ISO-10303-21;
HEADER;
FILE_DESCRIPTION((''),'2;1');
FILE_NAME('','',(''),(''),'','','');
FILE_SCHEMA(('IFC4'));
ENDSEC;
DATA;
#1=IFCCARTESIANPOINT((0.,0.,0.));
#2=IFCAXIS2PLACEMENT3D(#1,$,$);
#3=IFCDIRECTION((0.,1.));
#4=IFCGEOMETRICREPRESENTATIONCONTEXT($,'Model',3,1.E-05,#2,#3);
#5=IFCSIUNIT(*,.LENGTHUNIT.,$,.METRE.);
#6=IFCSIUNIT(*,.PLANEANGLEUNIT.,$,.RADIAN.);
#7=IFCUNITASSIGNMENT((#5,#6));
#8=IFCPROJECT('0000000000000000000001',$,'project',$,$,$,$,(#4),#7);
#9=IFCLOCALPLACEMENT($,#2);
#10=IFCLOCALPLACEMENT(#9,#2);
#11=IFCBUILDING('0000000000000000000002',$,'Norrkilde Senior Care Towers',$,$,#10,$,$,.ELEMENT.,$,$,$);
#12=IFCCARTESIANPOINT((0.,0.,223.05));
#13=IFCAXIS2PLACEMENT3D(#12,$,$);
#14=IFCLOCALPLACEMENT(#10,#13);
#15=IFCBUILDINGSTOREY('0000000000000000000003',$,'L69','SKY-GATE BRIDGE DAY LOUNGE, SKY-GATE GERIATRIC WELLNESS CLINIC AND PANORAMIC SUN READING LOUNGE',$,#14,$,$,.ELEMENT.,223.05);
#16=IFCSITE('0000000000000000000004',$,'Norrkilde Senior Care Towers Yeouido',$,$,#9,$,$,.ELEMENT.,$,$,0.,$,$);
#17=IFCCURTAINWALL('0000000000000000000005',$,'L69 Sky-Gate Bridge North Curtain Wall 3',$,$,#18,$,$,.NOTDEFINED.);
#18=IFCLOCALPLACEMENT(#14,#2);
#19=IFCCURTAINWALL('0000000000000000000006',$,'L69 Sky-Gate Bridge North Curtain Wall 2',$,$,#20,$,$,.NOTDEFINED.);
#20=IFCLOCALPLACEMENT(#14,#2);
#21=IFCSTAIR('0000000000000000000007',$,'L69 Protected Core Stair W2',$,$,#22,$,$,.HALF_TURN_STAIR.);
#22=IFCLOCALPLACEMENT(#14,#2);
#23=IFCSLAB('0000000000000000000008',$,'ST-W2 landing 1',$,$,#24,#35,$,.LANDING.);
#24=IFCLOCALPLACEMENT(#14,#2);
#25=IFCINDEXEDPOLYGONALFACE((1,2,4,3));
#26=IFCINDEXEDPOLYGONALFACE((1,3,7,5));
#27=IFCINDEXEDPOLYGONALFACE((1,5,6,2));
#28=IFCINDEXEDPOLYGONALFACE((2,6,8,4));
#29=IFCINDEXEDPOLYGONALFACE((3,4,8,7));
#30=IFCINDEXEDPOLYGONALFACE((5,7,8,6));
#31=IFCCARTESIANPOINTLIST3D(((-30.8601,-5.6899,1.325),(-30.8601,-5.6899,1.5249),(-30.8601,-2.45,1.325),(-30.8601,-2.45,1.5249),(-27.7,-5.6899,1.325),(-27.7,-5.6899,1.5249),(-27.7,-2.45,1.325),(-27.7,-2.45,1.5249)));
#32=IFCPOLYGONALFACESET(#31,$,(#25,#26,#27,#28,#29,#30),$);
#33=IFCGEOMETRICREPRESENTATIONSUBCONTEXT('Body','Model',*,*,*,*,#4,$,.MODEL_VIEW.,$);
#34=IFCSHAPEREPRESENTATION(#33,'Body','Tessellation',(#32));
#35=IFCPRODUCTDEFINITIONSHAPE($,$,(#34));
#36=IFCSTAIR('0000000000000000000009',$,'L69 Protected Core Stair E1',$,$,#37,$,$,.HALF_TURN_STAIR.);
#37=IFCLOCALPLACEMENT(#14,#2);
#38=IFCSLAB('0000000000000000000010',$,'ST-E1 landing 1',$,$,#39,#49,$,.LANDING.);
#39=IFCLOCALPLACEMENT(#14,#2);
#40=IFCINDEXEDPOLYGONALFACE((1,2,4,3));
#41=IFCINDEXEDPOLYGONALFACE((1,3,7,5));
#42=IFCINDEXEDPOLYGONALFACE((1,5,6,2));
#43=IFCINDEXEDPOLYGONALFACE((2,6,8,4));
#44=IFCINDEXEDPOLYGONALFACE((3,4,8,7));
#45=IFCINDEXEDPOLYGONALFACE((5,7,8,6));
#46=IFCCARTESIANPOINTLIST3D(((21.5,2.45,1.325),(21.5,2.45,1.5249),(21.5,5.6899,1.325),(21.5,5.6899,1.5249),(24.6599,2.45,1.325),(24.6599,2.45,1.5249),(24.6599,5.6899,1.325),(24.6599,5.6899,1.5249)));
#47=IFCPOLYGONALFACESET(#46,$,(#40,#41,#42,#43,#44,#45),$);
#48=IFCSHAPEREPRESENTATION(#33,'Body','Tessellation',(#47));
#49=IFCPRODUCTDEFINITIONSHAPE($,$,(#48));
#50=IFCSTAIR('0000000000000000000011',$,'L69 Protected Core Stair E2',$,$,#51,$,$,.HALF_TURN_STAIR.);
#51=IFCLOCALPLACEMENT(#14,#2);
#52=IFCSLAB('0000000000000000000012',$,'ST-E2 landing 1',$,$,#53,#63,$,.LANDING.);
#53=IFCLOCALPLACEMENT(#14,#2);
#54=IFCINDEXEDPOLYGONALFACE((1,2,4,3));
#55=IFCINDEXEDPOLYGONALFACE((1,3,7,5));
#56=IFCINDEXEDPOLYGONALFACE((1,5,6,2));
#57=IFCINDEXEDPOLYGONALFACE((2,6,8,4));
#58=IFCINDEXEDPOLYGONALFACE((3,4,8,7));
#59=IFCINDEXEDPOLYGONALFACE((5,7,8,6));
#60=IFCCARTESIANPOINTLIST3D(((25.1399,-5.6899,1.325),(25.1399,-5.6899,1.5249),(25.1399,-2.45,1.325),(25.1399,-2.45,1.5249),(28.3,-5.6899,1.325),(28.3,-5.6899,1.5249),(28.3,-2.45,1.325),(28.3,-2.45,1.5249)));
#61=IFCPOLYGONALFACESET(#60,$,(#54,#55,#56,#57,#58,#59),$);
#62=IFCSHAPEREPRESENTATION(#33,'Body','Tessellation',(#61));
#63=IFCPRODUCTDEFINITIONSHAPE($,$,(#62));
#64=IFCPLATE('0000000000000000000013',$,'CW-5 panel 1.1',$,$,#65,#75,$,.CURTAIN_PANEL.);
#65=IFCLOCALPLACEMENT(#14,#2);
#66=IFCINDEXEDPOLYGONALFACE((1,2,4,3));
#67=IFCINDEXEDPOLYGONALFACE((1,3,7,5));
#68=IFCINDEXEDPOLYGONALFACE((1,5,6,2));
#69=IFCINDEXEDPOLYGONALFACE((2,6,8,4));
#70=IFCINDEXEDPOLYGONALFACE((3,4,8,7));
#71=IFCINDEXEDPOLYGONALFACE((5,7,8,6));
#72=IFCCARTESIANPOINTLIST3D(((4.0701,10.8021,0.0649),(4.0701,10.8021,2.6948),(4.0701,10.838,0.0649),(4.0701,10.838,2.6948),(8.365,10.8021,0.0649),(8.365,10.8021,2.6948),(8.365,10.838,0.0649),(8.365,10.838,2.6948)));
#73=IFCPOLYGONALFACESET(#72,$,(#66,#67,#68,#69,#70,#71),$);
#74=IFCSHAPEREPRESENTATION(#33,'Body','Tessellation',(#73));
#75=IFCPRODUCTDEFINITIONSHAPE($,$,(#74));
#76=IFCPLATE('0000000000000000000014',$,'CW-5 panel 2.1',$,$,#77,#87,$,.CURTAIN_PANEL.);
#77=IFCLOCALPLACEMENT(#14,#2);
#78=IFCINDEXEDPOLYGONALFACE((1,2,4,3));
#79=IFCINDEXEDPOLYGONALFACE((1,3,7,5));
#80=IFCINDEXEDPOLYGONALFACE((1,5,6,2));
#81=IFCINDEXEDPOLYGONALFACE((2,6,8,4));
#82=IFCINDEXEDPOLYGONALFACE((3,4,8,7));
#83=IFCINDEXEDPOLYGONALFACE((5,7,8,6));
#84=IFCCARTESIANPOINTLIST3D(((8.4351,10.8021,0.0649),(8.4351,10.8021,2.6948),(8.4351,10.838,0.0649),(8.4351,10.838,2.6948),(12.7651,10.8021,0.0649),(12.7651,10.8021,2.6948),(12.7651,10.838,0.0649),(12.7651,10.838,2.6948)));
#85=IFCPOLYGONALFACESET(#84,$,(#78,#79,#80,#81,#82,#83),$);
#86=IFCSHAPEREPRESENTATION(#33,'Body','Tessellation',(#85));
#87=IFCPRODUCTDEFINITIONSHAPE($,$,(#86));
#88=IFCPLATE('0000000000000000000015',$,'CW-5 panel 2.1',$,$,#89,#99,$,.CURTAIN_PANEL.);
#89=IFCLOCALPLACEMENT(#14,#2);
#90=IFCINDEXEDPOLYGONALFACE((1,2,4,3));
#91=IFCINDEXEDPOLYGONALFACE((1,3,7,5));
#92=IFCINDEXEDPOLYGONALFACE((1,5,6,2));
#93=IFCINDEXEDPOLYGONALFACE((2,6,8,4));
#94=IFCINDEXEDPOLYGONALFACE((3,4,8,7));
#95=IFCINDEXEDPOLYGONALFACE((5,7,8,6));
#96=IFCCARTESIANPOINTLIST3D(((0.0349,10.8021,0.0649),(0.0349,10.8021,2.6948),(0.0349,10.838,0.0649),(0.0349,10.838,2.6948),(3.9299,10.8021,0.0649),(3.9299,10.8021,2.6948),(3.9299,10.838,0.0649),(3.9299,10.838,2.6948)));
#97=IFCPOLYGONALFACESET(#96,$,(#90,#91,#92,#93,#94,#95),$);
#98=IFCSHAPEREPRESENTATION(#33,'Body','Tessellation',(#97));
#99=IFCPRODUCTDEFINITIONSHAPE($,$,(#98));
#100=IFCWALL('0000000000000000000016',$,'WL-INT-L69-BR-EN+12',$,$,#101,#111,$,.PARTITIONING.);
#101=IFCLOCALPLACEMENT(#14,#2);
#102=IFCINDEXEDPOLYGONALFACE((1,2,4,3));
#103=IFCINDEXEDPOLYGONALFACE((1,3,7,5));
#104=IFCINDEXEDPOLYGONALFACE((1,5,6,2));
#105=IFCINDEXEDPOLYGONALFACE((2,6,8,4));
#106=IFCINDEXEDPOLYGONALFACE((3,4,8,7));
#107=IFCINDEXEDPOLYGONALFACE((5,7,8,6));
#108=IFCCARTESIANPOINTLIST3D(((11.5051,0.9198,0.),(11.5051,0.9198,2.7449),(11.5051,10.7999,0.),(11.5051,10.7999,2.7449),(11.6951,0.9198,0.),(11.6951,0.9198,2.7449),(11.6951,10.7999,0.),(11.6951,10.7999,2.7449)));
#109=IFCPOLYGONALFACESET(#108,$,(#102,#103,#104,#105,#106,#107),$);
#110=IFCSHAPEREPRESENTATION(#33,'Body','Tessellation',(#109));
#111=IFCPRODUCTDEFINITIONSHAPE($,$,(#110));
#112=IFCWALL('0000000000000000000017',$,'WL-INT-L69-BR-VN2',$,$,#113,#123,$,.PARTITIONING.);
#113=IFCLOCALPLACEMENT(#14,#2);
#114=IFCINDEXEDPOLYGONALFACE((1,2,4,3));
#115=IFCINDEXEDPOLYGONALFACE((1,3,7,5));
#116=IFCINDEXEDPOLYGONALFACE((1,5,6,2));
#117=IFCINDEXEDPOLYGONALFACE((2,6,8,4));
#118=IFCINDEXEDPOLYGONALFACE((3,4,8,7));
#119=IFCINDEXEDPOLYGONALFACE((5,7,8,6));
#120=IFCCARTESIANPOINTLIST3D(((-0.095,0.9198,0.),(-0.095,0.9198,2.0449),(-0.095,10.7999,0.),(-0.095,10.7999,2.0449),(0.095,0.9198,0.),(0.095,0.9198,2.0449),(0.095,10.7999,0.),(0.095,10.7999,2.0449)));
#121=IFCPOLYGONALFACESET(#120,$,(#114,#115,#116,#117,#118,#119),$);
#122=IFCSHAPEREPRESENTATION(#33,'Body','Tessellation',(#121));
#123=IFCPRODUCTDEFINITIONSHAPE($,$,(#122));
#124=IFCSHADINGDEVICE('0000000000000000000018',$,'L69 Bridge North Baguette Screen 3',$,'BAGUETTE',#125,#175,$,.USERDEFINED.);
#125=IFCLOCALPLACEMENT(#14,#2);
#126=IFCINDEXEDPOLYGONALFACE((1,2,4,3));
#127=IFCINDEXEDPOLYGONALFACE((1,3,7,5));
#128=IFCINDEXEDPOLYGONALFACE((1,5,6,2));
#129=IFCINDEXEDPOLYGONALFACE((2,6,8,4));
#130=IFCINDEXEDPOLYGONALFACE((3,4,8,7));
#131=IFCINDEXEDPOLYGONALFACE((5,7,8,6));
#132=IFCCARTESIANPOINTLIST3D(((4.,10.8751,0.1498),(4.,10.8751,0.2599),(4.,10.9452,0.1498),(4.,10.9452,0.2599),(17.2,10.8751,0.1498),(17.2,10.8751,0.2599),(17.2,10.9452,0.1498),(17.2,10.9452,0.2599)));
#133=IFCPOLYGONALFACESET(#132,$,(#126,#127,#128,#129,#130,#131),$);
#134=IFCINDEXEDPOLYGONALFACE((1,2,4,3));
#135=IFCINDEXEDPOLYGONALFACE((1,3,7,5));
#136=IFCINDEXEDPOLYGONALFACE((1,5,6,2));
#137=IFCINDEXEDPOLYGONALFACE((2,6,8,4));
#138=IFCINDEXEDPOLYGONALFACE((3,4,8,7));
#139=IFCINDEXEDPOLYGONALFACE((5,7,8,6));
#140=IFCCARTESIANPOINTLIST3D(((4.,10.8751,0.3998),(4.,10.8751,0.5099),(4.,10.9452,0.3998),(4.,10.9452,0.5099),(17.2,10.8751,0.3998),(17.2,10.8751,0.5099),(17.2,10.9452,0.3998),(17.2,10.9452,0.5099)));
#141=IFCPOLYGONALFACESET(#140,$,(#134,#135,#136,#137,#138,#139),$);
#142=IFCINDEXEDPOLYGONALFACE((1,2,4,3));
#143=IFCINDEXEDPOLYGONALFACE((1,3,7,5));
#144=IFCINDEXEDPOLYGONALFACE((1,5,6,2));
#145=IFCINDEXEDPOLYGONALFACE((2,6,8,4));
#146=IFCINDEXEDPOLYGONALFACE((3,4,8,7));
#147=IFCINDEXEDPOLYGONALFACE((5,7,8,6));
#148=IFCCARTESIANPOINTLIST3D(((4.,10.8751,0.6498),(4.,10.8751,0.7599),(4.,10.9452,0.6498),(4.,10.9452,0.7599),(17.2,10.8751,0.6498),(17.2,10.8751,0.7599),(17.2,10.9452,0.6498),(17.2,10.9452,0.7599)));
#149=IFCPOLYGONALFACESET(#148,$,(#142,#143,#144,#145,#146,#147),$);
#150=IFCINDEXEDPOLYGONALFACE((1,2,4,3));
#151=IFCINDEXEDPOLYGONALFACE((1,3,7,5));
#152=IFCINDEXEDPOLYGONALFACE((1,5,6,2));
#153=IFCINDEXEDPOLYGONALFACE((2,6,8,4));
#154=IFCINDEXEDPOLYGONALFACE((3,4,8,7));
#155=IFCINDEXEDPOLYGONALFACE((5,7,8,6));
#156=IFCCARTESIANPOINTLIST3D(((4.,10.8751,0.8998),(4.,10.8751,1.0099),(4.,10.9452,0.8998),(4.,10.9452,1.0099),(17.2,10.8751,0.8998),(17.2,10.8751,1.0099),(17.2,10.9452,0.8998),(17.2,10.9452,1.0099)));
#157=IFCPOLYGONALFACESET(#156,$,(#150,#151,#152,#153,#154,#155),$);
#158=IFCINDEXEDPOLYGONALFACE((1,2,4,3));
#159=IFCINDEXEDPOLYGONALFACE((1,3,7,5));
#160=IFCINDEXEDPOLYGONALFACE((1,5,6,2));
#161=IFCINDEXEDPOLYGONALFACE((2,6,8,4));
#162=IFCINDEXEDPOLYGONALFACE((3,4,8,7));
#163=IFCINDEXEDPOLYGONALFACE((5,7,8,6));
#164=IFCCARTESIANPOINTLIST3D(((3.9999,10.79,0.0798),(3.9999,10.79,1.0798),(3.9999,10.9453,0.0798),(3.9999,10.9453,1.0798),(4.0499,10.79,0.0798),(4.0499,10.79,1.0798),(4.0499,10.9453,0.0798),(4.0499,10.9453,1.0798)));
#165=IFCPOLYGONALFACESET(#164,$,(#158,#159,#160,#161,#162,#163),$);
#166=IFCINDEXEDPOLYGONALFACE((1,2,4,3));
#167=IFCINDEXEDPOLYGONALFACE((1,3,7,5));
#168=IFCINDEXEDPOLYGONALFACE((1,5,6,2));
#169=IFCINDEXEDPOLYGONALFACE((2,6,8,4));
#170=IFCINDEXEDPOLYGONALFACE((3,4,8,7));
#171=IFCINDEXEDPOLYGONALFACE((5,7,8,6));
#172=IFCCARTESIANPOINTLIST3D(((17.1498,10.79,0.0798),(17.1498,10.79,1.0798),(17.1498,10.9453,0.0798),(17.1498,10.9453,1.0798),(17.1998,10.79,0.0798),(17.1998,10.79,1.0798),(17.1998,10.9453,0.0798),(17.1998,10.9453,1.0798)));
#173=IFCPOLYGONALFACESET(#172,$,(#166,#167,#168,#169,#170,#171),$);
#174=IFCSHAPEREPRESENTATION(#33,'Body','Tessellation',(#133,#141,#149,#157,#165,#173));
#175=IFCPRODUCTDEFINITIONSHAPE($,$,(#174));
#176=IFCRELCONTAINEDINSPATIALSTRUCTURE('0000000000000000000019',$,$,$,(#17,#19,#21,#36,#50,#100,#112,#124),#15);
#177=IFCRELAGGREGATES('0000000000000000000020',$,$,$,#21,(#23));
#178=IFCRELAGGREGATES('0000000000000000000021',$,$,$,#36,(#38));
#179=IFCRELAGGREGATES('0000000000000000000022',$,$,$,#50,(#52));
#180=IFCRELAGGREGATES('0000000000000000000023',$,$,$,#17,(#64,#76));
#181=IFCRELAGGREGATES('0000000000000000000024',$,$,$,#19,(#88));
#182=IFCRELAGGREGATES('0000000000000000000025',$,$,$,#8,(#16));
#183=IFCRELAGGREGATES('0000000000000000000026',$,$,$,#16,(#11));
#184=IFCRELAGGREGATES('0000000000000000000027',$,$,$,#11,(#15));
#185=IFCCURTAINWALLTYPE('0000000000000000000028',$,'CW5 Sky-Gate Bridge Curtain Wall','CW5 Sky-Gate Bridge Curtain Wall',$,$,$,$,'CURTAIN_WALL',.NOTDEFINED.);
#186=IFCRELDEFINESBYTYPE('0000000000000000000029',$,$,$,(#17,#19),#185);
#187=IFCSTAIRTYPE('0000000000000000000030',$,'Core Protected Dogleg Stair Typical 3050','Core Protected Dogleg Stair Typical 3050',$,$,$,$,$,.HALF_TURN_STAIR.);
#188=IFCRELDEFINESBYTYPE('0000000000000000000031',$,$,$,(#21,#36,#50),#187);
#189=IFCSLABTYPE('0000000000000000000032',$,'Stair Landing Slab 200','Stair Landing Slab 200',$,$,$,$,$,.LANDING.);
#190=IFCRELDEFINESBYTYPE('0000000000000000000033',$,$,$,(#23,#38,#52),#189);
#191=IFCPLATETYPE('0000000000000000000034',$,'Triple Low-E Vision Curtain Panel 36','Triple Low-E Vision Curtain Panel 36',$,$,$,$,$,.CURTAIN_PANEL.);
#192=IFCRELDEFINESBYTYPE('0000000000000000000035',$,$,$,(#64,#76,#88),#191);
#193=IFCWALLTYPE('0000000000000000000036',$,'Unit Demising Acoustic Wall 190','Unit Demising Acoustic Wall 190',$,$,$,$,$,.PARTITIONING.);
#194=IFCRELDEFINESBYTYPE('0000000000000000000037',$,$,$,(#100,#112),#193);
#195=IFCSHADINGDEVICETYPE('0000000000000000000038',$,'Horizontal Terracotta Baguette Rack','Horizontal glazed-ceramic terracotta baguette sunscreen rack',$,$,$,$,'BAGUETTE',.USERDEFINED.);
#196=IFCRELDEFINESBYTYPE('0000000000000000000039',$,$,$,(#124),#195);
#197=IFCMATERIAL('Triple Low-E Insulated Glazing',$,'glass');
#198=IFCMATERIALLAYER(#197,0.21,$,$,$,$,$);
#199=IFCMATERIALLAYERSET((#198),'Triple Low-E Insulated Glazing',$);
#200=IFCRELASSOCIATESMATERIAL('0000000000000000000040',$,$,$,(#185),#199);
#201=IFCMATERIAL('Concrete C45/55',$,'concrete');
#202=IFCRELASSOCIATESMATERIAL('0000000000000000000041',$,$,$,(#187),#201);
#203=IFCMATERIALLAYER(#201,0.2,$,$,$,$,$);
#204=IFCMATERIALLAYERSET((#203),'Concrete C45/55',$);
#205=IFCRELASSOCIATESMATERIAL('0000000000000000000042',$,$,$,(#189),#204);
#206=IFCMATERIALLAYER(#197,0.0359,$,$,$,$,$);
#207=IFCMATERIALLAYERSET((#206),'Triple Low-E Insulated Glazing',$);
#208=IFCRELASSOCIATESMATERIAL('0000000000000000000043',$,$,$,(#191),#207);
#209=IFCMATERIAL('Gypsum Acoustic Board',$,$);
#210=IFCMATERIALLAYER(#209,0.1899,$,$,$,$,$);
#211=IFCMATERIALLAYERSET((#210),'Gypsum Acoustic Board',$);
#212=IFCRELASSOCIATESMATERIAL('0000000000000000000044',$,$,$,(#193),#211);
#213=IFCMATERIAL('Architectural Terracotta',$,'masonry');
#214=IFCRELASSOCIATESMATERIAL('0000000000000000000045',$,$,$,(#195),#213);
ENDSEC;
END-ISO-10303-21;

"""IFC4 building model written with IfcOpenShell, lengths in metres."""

from ifc_helpers import new_model, si_unit, direction, frame, frame_2d, origin, origin_2d, place, context, subcontext, project, spatial, polyline, rectangle, outline, extrude, source, transform, mapped, material, layer, layer_set, type_object, type_shapes, element, aggregate, save


model = new_model("IFC4")

# Units and contexts
model_context = context("Model", 3, precision=1e-05, world=origin(), true_north=direction((0.0, 1.0)))
body_context = subcontext(model_context, "Body", "Model", "MODEL_VIEW")
ifc_project = project(units=[si_unit("LENGTHUNIT", "METRE"), si_unit("PLANEANGLEUNIT", "RADIAN")], contexts=[model_context])

# Site, building, storey
site_placement = place(None, origin())
site = spatial("IfcSite", under=ifc_project, at=site_placement, Name="Norrkilde Senior Care Towers Yeouido", CompositionType="ELEMENT", RefElevation=0.0)
building_placement = place(site_placement, origin())
building = spatial("IfcBuilding", under=site, at=building_placement, Name="Norrkilde Senior Care Towers", CompositionType="ELEMENT")
storey_placement = place(building_placement, frame((0.0, 0.0, 223.05)))
storey = spatial("IfcBuildingStorey", under=building, at=storey_placement, Name="L69", Description="SKY-GATE BRIDGE DAY LOUNGE, SKY-GATE GERIATRIC WELLNESS CLINIC AND PANORAMIC SUN READING LOUNGE", CompositionType="ELEMENT", Elevation=223.05)

# Curtain walls
ifc_material_1 = material(Name="Triple Low-E Insulated Glazing", Category="glass")
ifc_layer_1 = layer(ifc_material_1, 0.21)
ifc_layer_set_1 = layer_set([ifc_layer_1], Name="Triple Low-E Insulated Glazing")
curtain_wall_type = type_object("IfcCurtainWallType", Name="CW5 Sky-Gate Bridge Curtain Wall", Description="CW5 Sky-Gate Bridge Curtain Wall", ElementType="CURTAIN_WALL", PredefinedType="NOTDEFINED", material=ifc_layer_set_1)
curtain_wall_1_placement = place(storey_placement, origin())
curtain_wall_1 = element("IfcCurtainWall", 1, at=curtain_wall_1_placement, inside=storey, type_object=curtain_wall_type, Name="L69 Sky-Gate Bridge North Curtain Wall 3", PredefinedType="NOTDEFINED")
curtain_wall_2_placement = place(storey_placement, origin())
curtain_wall_2 = element("IfcCurtainWall", 2, at=curtain_wall_2_placement, inside=storey, type_object=curtain_wall_type, Name="L69 Sky-Gate Bridge North Curtain Wall 2", PredefinedType="NOTDEFINED")

# Stairs, slabs
ifc_material_2 = material(Name="Concrete C45/55", Category="concrete")
stair_type = type_object("IfcStairType", Name="Core Protected Dogleg Stair Typical 3050", Description="Core Protected Dogleg Stair Typical 3050", PredefinedType="HALF_TURN_STAIR", material=ifc_material_2)
ifc_layer_2 = layer(ifc_material_2, 0.2)
ifc_layer_set_2 = layer_set([ifc_layer_2], Name="Concrete C45/55")
slab_type = type_object("IfcSlabType", Name="Stair Landing Slab 200", Description="Stair Landing Slab 200", PredefinedType="LANDING", material=ifc_layer_set_2)
stair_1_placement = place(storey_placement, origin())
stair_1 = element("IfcStair", 3, at=stair_1_placement, inside=storey, type_object=stair_type, Name="L69 Protected Core Stair W2", PredefinedType="HALF_TURN_STAIR")
slab_1_placement = place(storey_placement, frame((0.0, 0.0, 1.325)))
slab_1 = element("IfcSlab", 4, at=slab_1_placement, type_object=slab_type, Name="ST-W2 landing 1", PredefinedType="LANDING", context=body_context, shape_type="SweptSolid", body=[
    extrude(outline(polyline([(-30.8601, -5.6899), (-27.7, -5.6899), (-27.7, -2.45), (-30.8601, -2.45), (-30.8601, -5.6899)])), origin(), (0.0, 0.0, 1.0), 0.2),
])
aggregate(stair_1, [slab_1])
stair_2_placement = place(storey_placement, origin())
stair_2 = element("IfcStair", 5, at=stair_2_placement, inside=storey, type_object=stair_type, Name="L69 Protected Core Stair E1", PredefinedType="HALF_TURN_STAIR")
slab_2_placement = place(storey_placement, frame((0.0, 0.0, 1.325)))
slab_2 = element("IfcSlab", 6, at=slab_2_placement, type_object=slab_type, Name="ST-E1 landing 1", PredefinedType="LANDING", context=body_context, shape_type="SweptSolid", body=[
    extrude(outline(polyline([(24.6599, 5.6899), (21.5, 5.6899), (21.5, 2.45), (24.6599, 2.45), (24.6599, 5.6899)])), origin(), (0.0, 0.0, 1.0), 0.2),
])
aggregate(stair_2, [slab_2])
stair_3_placement = place(storey_placement, origin())
stair_3 = element("IfcStair", 7, at=stair_3_placement, inside=storey, type_object=stair_type, Name="L69 Protected Core Stair E2", PredefinedType="HALF_TURN_STAIR")
slab_3_placement = place(storey_placement, frame((0.0, 0.0, 1.325)))
slab_3 = element("IfcSlab", 8, at=slab_3_placement, type_object=slab_type, Name="ST-E2 landing 1", PredefinedType="LANDING", context=body_context, shape_type="SweptSolid", body=[
    extrude(outline(polyline([(25.1399, -5.6899), (28.3, -5.6899), (28.3, -2.45), (25.1399, -2.45), (25.1399, -5.6899)])), origin(), (0.0, 0.0, 1.0), 0.2),
])
aggregate(stair_3, [slab_3])

# Plates
ifc_layer_3 = layer(ifc_material_1, 0.0359)
ifc_layer_set_3 = layer_set([ifc_layer_3], Name="Triple Low-E Insulated Glazing")
plate_type = type_object("IfcPlateType", Name="Triple Low-E Vision Curtain Panel 36", Description="Triple Low-E Vision Curtain Panel 36", PredefinedType="CURTAIN_PANEL", material=ifc_layer_set_3)
shared_shape_1 = source(origin(), body_context, "Body", "SweptSolid", [
    extrude(rectangle(XDim=4.2949, YDim=0.0359, at=origin_2d()), origin(), (0.0, 0.0, 1.0), 2.6299),
])
plate_1_placement = place(storey_placement, frame((6.2175, 10.8201, 0.0649), z_axis=(0.0, 0.0, 1.0), x_axis=(1.0, 0.0, 0.0)))
plate_1 = element("IfcPlate", 9, at=plate_1_placement, type_object=plate_type, Name="CW-5 panel 1.1", PredefinedType="CURTAIN_PANEL", context=body_context, shape_type="MappedRepresentation", body=[
    mapped(shared_shape_1, transform((0.0, 0.0, 0.0), x_axis=(1.0, 0.0, 0.0), y_axis=(0.0, 1.0, 0.0), z_axis=(0.0, 0.0, 1.0), scale=1.0)),
])
shared_shape_2 = source(origin(), body_context, "Body", "SweptSolid", [
    extrude(rectangle(XDim=4.3301, YDim=0.0359, at=origin_2d()), origin(), (0.0, 0.0, 1.0), 2.6299),
])
plate_2_placement = place(storey_placement, frame((10.6001, 10.8201, 0.0649), z_axis=(0.0, 0.0, 1.0), x_axis=(1.0, 0.0, 0.0)))
plate_2 = element("IfcPlate", 10, at=plate_2_placement, type_object=plate_type, Name="CW-5 panel 2.1", PredefinedType="CURTAIN_PANEL", context=body_context, shape_type="MappedRepresentation", body=[
    mapped(shared_shape_2, transform((0.0, 0.0, 0.0), x_axis=(1.0, 0.0, 0.0), y_axis=(0.0, 1.0, 0.0), z_axis=(0.0, 0.0, 1.0), scale=1.0)),
])
aggregate(curtain_wall_1, [plate_1, plate_2])
shared_shape_3 = source(origin(), body_context, "Body", "SweptSolid", [
    extrude(rectangle(XDim=3.895, YDim=0.0359, at=origin_2d()), origin(), (0.0, 0.0, 1.0), 2.6299),
])
type_shapes(plate_type, [shared_shape_1, shared_shape_2, shared_shape_3])
plate_3_placement = place(storey_placement, frame((1.9824, 10.8201, 0.0649), z_axis=(0.0, 0.0, 1.0), x_axis=(1.0, 0.0, 0.0)))
plate_3 = element("IfcPlate", 11, at=plate_3_placement, type_object=plate_type, Name="CW-5 panel 2.1", PredefinedType="CURTAIN_PANEL", context=body_context, shape_type="MappedRepresentation", body=[
    mapped(shared_shape_3, transform((0.0, 0.0, 0.0), x_axis=(1.0, 0.0, 0.0), y_axis=(0.0, 1.0, 0.0), z_axis=(0.0, 0.0, 1.0), scale=1.0)),
])
aggregate(curtain_wall_2, [plate_3])

# Walls
ifc_material_3 = material(Name="Gypsum Acoustic Board")
ifc_layer_4 = layer(ifc_material_3, 0.1899)
ifc_layer_set_4 = layer_set([ifc_layer_4], Name="Gypsum Acoustic Board")
wall_type = type_object("IfcWallType", Name="Unit Demising Acoustic Wall 190", Description="Unit Demising Acoustic Wall 190", PredefinedType="PARTITIONING", material=ifc_layer_set_4)
shared_shape_4 = source(origin(), body_context, "Body", "SweptSolid", [
    extrude(rectangle(XDim=9.8801, YDim=0.1899, at=frame_2d((4.9399, 0.0))), origin(), (0.0, 0.0, 1.0), 2.7449),
])
wall_1_placement = place(storey_placement, frame((11.6001, 0.9199, 0.0), z_axis=(0.0, 0.0, 1.0), x_axis=(0.0, 1.0, 0.0)))
element("IfcWall", 12, at=wall_1_placement, inside=storey, type_object=wall_type, Name="WL-INT-L69-BR-EN+12", PredefinedType="PARTITIONING", context=body_context, shape_type="MappedRepresentation", body=[
    mapped(shared_shape_4, transform((0.0, 0.0, 0.0), x_axis=(1.0, 0.0, 0.0), y_axis=(0.0, 1.0, 0.0), z_axis=(0.0, 0.0, 1.0), scale=1.0)),
])
shared_shape_5 = source(origin(), body_context, "Body", "SweptSolid", [
    extrude(rectangle(XDim=9.8801, YDim=0.1899, at=frame_2d((4.9399, 0.0))), origin(), (0.0, 0.0, 1.0), 2.0449),
])
type_shapes(wall_type, [shared_shape_4, shared_shape_5])
wall_2_placement = place(storey_placement, frame((0.0, 0.9199, 0.0), z_axis=(0.0, 0.0, 1.0), x_axis=(0.0, 1.0, 0.0)))
element("IfcWall", 13, at=wall_2_placement, inside=storey, type_object=wall_type, Name="WL-INT-L69-BR-VN2", PredefinedType="PARTITIONING", context=body_context, shape_type="MappedRepresentation", body=[
    mapped(shared_shape_5, transform((0.0, 0.0, 0.0), x_axis=(1.0, 0.0, 0.0), y_axis=(0.0, 1.0, 0.0), z_axis=(0.0, 0.0, 1.0), scale=1.0)),
])

# Shading device
ifc_material_4 = material(Name="Architectural Terracotta", Category="masonry")
shading_device_type = type_object("IfcShadingDeviceType", Name="Horizontal Terracotta Baguette Rack", Description="Horizontal glazed-ceramic terracotta baguette sunscreen rack", ElementType="BAGUETTE", PredefinedType="USERDEFINED", material=ifc_material_4)
shared_shape_6 = source(origin(), body_context, "Body", "SweptSolid", [
    extrude(rectangle(XDim=0.0701, YDim=0.1101, at=origin_2d()), frame((0.0, 0.0901, 0.125), z_axis=(1.0, 0.0, 0.0), x_axis=(0.0, 1.0, 0.0)), (0.0, 0.0, 1.0), 13.2),
    extrude(rectangle(XDim=0.0701, YDim=0.1101, at=origin_2d()), frame((0.0, 0.0901, 0.375), z_axis=(1.0, 0.0, 0.0), x_axis=(0.0, 1.0, 0.0)), (0.0, 0.0, 1.0), 13.2),
    extrude(rectangle(XDim=0.0701, YDim=0.1101, at=origin_2d()), frame((0.0, 0.0901, 0.625), z_axis=(1.0, 0.0, 0.0), x_axis=(0.0, 1.0, 0.0)), (0.0, 0.0, 1.0), 13.2),
    extrude(rectangle(XDim=0.0701, YDim=0.1101, at=origin_2d()), frame((0.0, 0.0901, 0.875), z_axis=(1.0, 0.0, 0.0), x_axis=(0.0, 1.0, 0.0)), (0.0, 0.0, 1.0), 13.2),
    extrude(rectangle(XDim=0.05, YDim=0.1553, at=origin_2d()), frame((0.0249, 0.0476, 0.0)), (0.0, 0.0, 1.0), 1.0),
    extrude(rectangle(XDim=0.05, YDim=0.1553, at=origin_2d()), frame((13.1748, 0.0476, 0.0)), (0.0, 0.0, 1.0), 1.0),
])
type_shapes(shading_device_type, [shared_shape_6])
shading_device_placement = place(storey_placement, frame((4.0, 10.8201, 0.0798), z_axis=(0.0, 0.0, 1.0), x_axis=(1.0, 0.0, 0.0)))
element("IfcShadingDevice", 14, at=shading_device_placement, inside=storey, type_object=shading_device_type, Name="L69 Bridge North Baguette Screen 3", ObjectType="BAGUETTE", PredefinedType="USERDEFINED", context=body_context, shape_type="MappedRepresentation", body=[
    mapped(shared_shape_6, transform((0.0, 0.0, 0.0), x_axis=(1.0, 0.0, 0.0), y_axis=(0.0, 1.0, 0.0), z_axis=(0.0, 0.0, 1.0), scale=1.0)),
])

save(model, "model.ifc")
